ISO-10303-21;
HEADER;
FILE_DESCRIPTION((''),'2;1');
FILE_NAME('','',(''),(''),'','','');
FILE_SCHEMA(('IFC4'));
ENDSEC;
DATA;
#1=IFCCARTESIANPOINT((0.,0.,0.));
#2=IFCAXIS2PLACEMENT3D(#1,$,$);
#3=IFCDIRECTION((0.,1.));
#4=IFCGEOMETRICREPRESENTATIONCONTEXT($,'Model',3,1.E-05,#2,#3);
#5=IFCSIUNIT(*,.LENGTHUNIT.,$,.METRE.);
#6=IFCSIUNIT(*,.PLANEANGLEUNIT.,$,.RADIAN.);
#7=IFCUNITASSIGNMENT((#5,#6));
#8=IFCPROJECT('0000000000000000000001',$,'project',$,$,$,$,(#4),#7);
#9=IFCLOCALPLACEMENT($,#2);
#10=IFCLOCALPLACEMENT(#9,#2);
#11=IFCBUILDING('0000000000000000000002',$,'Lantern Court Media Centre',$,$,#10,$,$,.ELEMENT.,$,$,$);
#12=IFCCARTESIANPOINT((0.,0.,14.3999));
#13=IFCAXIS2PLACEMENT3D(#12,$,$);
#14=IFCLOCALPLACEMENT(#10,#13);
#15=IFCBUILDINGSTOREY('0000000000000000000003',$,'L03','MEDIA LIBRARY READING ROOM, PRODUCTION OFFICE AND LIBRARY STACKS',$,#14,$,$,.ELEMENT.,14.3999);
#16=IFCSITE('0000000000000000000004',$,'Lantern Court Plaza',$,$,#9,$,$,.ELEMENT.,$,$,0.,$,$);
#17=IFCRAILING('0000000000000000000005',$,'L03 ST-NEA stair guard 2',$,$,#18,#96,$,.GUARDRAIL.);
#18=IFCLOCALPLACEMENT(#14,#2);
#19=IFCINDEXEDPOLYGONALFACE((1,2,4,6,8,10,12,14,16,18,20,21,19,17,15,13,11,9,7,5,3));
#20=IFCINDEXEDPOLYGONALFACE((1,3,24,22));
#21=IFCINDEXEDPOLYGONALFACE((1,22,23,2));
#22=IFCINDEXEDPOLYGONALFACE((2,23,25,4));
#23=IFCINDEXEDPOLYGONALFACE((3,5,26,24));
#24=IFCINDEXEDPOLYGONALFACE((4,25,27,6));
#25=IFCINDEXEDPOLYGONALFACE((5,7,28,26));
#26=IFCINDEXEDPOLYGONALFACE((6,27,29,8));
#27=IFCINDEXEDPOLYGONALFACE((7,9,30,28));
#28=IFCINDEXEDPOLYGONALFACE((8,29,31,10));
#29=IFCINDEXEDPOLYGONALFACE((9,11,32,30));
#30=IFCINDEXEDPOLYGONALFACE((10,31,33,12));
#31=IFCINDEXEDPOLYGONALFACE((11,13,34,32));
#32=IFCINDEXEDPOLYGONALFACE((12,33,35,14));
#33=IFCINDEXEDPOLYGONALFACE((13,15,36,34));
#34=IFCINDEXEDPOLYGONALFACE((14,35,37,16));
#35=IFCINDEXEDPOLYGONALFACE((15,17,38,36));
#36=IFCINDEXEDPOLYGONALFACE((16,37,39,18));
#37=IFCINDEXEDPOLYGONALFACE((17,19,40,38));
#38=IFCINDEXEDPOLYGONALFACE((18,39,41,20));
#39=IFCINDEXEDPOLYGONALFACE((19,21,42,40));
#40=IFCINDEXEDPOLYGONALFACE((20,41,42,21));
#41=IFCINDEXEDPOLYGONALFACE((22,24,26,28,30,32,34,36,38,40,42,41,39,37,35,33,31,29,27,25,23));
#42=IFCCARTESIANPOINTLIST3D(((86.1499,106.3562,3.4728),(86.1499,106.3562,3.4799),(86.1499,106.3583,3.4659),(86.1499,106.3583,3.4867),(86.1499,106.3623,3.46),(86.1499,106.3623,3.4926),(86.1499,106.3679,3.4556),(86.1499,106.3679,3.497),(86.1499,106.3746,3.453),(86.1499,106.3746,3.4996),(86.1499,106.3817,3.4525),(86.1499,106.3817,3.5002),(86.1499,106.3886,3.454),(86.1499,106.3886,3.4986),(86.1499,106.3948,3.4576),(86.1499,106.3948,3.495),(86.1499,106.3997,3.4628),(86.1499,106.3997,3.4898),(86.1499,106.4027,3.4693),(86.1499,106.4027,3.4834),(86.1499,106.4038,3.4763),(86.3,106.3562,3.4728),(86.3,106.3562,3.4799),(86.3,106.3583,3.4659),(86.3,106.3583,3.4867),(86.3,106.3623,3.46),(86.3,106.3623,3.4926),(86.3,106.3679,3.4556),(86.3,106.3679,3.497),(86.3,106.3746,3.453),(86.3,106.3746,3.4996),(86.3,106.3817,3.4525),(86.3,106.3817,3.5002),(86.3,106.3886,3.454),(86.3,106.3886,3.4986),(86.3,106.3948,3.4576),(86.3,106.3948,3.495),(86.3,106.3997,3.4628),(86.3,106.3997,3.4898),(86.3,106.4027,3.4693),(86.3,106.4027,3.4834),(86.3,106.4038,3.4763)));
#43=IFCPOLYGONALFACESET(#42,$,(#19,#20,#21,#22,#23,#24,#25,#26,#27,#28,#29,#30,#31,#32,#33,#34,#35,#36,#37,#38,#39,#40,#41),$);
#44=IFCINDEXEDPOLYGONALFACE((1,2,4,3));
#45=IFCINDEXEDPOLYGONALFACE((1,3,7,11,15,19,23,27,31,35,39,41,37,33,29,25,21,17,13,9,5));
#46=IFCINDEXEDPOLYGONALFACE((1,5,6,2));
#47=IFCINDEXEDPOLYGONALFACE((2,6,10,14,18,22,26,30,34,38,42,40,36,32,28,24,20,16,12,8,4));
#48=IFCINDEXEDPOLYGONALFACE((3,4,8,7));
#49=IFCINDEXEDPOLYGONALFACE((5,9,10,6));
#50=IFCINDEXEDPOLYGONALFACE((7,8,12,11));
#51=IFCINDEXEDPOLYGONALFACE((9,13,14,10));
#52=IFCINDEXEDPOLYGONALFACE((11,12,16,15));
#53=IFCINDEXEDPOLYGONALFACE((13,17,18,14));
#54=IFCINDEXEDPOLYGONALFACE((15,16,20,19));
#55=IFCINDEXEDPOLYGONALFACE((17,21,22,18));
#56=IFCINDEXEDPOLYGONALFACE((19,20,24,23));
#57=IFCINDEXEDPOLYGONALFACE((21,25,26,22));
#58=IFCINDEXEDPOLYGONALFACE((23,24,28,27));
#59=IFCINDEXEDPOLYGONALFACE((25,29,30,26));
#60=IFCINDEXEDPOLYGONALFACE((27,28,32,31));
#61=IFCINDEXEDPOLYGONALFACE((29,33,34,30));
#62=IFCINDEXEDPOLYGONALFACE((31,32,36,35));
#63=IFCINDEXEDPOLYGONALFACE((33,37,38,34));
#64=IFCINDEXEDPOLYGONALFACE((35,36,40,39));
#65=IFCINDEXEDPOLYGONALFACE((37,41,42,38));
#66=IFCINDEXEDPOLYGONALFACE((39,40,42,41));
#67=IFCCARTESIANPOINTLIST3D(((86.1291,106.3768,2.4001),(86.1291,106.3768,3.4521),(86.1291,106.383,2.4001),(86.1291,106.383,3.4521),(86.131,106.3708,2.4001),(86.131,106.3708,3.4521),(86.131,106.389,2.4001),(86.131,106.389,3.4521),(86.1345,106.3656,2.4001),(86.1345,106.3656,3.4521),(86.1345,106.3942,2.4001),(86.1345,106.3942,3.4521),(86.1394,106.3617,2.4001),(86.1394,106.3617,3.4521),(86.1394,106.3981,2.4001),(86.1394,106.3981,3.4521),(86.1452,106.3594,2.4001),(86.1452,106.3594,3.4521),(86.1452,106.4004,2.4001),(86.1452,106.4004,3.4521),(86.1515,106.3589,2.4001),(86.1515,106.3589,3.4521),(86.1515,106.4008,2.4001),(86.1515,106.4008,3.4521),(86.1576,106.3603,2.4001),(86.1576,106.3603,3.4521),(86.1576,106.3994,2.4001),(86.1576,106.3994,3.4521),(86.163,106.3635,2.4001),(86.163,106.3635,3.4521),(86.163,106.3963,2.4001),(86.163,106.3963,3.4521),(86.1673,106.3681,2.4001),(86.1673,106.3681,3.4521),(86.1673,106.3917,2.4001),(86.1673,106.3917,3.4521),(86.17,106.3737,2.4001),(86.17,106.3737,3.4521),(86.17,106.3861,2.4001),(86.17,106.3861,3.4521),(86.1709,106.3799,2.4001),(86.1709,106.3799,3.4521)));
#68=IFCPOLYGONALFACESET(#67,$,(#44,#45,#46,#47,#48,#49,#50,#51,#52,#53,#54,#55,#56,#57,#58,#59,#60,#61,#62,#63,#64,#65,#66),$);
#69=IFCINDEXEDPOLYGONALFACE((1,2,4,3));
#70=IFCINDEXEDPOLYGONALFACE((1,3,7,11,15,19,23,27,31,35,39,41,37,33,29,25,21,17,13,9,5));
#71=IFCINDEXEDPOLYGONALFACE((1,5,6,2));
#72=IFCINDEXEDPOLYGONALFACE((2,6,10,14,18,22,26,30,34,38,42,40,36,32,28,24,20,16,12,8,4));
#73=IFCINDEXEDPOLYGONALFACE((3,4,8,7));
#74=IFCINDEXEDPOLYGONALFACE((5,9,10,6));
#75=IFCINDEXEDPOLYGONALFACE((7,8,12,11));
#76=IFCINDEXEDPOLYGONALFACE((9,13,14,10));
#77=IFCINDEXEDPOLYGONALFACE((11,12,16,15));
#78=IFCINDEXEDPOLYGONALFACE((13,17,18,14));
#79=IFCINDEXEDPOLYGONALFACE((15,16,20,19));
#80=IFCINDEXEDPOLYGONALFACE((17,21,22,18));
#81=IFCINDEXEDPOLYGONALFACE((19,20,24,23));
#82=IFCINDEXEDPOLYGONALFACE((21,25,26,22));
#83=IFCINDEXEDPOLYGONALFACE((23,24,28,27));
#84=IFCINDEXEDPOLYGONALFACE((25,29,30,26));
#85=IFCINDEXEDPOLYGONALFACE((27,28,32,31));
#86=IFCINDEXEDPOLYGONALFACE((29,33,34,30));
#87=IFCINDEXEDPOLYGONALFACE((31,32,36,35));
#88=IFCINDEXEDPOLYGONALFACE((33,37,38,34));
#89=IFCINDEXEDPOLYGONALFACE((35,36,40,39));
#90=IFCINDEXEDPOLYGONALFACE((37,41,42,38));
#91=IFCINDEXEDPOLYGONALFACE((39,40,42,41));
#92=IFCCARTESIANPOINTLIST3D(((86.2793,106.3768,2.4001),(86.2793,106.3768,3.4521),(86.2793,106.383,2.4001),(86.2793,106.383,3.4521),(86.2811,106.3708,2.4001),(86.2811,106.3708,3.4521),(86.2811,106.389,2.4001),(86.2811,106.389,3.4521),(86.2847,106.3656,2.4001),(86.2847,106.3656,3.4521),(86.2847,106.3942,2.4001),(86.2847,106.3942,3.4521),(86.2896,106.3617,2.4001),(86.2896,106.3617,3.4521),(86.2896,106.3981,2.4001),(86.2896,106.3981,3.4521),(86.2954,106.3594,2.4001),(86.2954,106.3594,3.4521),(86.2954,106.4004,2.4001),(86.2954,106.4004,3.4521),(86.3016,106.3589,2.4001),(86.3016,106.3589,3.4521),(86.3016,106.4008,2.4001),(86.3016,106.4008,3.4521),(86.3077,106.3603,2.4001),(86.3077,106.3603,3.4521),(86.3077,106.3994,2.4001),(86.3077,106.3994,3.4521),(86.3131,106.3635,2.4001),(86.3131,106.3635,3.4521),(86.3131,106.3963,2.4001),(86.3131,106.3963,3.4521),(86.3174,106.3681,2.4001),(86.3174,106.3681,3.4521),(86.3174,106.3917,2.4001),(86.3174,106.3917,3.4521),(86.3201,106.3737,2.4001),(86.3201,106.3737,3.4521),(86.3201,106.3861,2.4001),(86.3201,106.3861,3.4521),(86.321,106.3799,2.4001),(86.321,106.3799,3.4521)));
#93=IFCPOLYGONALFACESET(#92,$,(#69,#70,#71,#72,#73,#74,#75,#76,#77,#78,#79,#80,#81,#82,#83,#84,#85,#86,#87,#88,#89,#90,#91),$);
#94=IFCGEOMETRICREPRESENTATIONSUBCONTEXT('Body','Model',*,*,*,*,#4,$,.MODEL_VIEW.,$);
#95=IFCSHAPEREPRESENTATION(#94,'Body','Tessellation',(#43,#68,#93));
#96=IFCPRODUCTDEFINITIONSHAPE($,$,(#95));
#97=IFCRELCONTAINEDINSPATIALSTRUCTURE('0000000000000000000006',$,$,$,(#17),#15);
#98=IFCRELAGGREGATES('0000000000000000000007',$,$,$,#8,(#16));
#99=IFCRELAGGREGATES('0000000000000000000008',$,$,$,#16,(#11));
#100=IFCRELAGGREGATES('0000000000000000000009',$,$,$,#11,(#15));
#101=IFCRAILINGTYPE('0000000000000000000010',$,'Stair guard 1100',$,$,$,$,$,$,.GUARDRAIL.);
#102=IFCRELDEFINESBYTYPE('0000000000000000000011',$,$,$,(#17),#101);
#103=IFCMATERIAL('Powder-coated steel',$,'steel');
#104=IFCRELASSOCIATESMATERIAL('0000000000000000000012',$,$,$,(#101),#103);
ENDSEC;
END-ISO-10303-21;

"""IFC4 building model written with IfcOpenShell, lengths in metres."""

from ifc_helpers import new_model, si_unit, direction, frame, origin, origin_2d, place, context, subcontext, project, spatial, circle, extrude, material, type_object, element, save


model = new_model("IFC4")

# Units and contexts
model_context = context("Model", 3, precision=1e-05, world=origin(), true_north=direction((0.0, 1.0)))
body_context = subcontext(model_context, "Body", "Model", "MODEL_VIEW")
ifc_project = project(units=[si_unit("LENGTHUNIT", "METRE"), si_unit("PLANEANGLEUNIT", "RADIAN")], contexts=[model_context])

# Site, building, storey
site_placement = place(None, origin())
site = spatial("IfcSite", under=ifc_project, at=site_placement, Name="Lantern Court Plaza", CompositionType="ELEMENT", RefElevation=0.0)
building_placement = place(site_placement, origin())
building = spatial("IfcBuilding", under=site, at=building_placement, Name="Lantern Court Media Centre", CompositionType="ELEMENT")
storey_placement = place(building_placement, frame((0.0, 0.0, 14.3999)))
storey = spatial("IfcBuildingStorey", under=building, at=storey_placement, Name="L03", Description="MEDIA LIBRARY READING ROOM, PRODUCTION OFFICE AND LIBRARY STACKS", CompositionType="ELEMENT", Elevation=14.3999)

# Shared definitions
ifc_material_1 = material(Name="Powder-coated steel", Category="steel")

# Railing
railing_type_1 = type_object("IfcRailingType", Name="Stair guard 1100", PredefinedType="GUARDRAIL", material=ifc_material_1)
railing_1_placement = place(storey_placement, frame((86.1499, 106.3799, 2.4001)))
element("IfcRailing", 1, at=railing_1_placement, inside=storey, type_object=railing_type_1, Name="L03 ST-NEA stair guard 2", PredefinedType="GUARDRAIL", context=body_context, shape_type="SweptSolid", body=[
    extrude(circle(Radius=0.0239, at=origin_2d()), frame((0.0, 0.0, 1.0762), z_axis=(1.0, 0.0, 0.0), x_axis=(0.0, 1.0, 0.0)), (0.0, 0.0, 1.0), 0.1501),
    extrude(circle(Radius=0.021, at=origin_2d()), origin(), (0.0, 0.0, 1.0), 1.052),
    extrude(circle(Radius=0.021, at=origin_2d()), frame((0.1501, 0.0, 0.0)), (0.0, 0.0, 1.0), 1.052),
])

save(model, "model.ifc")
